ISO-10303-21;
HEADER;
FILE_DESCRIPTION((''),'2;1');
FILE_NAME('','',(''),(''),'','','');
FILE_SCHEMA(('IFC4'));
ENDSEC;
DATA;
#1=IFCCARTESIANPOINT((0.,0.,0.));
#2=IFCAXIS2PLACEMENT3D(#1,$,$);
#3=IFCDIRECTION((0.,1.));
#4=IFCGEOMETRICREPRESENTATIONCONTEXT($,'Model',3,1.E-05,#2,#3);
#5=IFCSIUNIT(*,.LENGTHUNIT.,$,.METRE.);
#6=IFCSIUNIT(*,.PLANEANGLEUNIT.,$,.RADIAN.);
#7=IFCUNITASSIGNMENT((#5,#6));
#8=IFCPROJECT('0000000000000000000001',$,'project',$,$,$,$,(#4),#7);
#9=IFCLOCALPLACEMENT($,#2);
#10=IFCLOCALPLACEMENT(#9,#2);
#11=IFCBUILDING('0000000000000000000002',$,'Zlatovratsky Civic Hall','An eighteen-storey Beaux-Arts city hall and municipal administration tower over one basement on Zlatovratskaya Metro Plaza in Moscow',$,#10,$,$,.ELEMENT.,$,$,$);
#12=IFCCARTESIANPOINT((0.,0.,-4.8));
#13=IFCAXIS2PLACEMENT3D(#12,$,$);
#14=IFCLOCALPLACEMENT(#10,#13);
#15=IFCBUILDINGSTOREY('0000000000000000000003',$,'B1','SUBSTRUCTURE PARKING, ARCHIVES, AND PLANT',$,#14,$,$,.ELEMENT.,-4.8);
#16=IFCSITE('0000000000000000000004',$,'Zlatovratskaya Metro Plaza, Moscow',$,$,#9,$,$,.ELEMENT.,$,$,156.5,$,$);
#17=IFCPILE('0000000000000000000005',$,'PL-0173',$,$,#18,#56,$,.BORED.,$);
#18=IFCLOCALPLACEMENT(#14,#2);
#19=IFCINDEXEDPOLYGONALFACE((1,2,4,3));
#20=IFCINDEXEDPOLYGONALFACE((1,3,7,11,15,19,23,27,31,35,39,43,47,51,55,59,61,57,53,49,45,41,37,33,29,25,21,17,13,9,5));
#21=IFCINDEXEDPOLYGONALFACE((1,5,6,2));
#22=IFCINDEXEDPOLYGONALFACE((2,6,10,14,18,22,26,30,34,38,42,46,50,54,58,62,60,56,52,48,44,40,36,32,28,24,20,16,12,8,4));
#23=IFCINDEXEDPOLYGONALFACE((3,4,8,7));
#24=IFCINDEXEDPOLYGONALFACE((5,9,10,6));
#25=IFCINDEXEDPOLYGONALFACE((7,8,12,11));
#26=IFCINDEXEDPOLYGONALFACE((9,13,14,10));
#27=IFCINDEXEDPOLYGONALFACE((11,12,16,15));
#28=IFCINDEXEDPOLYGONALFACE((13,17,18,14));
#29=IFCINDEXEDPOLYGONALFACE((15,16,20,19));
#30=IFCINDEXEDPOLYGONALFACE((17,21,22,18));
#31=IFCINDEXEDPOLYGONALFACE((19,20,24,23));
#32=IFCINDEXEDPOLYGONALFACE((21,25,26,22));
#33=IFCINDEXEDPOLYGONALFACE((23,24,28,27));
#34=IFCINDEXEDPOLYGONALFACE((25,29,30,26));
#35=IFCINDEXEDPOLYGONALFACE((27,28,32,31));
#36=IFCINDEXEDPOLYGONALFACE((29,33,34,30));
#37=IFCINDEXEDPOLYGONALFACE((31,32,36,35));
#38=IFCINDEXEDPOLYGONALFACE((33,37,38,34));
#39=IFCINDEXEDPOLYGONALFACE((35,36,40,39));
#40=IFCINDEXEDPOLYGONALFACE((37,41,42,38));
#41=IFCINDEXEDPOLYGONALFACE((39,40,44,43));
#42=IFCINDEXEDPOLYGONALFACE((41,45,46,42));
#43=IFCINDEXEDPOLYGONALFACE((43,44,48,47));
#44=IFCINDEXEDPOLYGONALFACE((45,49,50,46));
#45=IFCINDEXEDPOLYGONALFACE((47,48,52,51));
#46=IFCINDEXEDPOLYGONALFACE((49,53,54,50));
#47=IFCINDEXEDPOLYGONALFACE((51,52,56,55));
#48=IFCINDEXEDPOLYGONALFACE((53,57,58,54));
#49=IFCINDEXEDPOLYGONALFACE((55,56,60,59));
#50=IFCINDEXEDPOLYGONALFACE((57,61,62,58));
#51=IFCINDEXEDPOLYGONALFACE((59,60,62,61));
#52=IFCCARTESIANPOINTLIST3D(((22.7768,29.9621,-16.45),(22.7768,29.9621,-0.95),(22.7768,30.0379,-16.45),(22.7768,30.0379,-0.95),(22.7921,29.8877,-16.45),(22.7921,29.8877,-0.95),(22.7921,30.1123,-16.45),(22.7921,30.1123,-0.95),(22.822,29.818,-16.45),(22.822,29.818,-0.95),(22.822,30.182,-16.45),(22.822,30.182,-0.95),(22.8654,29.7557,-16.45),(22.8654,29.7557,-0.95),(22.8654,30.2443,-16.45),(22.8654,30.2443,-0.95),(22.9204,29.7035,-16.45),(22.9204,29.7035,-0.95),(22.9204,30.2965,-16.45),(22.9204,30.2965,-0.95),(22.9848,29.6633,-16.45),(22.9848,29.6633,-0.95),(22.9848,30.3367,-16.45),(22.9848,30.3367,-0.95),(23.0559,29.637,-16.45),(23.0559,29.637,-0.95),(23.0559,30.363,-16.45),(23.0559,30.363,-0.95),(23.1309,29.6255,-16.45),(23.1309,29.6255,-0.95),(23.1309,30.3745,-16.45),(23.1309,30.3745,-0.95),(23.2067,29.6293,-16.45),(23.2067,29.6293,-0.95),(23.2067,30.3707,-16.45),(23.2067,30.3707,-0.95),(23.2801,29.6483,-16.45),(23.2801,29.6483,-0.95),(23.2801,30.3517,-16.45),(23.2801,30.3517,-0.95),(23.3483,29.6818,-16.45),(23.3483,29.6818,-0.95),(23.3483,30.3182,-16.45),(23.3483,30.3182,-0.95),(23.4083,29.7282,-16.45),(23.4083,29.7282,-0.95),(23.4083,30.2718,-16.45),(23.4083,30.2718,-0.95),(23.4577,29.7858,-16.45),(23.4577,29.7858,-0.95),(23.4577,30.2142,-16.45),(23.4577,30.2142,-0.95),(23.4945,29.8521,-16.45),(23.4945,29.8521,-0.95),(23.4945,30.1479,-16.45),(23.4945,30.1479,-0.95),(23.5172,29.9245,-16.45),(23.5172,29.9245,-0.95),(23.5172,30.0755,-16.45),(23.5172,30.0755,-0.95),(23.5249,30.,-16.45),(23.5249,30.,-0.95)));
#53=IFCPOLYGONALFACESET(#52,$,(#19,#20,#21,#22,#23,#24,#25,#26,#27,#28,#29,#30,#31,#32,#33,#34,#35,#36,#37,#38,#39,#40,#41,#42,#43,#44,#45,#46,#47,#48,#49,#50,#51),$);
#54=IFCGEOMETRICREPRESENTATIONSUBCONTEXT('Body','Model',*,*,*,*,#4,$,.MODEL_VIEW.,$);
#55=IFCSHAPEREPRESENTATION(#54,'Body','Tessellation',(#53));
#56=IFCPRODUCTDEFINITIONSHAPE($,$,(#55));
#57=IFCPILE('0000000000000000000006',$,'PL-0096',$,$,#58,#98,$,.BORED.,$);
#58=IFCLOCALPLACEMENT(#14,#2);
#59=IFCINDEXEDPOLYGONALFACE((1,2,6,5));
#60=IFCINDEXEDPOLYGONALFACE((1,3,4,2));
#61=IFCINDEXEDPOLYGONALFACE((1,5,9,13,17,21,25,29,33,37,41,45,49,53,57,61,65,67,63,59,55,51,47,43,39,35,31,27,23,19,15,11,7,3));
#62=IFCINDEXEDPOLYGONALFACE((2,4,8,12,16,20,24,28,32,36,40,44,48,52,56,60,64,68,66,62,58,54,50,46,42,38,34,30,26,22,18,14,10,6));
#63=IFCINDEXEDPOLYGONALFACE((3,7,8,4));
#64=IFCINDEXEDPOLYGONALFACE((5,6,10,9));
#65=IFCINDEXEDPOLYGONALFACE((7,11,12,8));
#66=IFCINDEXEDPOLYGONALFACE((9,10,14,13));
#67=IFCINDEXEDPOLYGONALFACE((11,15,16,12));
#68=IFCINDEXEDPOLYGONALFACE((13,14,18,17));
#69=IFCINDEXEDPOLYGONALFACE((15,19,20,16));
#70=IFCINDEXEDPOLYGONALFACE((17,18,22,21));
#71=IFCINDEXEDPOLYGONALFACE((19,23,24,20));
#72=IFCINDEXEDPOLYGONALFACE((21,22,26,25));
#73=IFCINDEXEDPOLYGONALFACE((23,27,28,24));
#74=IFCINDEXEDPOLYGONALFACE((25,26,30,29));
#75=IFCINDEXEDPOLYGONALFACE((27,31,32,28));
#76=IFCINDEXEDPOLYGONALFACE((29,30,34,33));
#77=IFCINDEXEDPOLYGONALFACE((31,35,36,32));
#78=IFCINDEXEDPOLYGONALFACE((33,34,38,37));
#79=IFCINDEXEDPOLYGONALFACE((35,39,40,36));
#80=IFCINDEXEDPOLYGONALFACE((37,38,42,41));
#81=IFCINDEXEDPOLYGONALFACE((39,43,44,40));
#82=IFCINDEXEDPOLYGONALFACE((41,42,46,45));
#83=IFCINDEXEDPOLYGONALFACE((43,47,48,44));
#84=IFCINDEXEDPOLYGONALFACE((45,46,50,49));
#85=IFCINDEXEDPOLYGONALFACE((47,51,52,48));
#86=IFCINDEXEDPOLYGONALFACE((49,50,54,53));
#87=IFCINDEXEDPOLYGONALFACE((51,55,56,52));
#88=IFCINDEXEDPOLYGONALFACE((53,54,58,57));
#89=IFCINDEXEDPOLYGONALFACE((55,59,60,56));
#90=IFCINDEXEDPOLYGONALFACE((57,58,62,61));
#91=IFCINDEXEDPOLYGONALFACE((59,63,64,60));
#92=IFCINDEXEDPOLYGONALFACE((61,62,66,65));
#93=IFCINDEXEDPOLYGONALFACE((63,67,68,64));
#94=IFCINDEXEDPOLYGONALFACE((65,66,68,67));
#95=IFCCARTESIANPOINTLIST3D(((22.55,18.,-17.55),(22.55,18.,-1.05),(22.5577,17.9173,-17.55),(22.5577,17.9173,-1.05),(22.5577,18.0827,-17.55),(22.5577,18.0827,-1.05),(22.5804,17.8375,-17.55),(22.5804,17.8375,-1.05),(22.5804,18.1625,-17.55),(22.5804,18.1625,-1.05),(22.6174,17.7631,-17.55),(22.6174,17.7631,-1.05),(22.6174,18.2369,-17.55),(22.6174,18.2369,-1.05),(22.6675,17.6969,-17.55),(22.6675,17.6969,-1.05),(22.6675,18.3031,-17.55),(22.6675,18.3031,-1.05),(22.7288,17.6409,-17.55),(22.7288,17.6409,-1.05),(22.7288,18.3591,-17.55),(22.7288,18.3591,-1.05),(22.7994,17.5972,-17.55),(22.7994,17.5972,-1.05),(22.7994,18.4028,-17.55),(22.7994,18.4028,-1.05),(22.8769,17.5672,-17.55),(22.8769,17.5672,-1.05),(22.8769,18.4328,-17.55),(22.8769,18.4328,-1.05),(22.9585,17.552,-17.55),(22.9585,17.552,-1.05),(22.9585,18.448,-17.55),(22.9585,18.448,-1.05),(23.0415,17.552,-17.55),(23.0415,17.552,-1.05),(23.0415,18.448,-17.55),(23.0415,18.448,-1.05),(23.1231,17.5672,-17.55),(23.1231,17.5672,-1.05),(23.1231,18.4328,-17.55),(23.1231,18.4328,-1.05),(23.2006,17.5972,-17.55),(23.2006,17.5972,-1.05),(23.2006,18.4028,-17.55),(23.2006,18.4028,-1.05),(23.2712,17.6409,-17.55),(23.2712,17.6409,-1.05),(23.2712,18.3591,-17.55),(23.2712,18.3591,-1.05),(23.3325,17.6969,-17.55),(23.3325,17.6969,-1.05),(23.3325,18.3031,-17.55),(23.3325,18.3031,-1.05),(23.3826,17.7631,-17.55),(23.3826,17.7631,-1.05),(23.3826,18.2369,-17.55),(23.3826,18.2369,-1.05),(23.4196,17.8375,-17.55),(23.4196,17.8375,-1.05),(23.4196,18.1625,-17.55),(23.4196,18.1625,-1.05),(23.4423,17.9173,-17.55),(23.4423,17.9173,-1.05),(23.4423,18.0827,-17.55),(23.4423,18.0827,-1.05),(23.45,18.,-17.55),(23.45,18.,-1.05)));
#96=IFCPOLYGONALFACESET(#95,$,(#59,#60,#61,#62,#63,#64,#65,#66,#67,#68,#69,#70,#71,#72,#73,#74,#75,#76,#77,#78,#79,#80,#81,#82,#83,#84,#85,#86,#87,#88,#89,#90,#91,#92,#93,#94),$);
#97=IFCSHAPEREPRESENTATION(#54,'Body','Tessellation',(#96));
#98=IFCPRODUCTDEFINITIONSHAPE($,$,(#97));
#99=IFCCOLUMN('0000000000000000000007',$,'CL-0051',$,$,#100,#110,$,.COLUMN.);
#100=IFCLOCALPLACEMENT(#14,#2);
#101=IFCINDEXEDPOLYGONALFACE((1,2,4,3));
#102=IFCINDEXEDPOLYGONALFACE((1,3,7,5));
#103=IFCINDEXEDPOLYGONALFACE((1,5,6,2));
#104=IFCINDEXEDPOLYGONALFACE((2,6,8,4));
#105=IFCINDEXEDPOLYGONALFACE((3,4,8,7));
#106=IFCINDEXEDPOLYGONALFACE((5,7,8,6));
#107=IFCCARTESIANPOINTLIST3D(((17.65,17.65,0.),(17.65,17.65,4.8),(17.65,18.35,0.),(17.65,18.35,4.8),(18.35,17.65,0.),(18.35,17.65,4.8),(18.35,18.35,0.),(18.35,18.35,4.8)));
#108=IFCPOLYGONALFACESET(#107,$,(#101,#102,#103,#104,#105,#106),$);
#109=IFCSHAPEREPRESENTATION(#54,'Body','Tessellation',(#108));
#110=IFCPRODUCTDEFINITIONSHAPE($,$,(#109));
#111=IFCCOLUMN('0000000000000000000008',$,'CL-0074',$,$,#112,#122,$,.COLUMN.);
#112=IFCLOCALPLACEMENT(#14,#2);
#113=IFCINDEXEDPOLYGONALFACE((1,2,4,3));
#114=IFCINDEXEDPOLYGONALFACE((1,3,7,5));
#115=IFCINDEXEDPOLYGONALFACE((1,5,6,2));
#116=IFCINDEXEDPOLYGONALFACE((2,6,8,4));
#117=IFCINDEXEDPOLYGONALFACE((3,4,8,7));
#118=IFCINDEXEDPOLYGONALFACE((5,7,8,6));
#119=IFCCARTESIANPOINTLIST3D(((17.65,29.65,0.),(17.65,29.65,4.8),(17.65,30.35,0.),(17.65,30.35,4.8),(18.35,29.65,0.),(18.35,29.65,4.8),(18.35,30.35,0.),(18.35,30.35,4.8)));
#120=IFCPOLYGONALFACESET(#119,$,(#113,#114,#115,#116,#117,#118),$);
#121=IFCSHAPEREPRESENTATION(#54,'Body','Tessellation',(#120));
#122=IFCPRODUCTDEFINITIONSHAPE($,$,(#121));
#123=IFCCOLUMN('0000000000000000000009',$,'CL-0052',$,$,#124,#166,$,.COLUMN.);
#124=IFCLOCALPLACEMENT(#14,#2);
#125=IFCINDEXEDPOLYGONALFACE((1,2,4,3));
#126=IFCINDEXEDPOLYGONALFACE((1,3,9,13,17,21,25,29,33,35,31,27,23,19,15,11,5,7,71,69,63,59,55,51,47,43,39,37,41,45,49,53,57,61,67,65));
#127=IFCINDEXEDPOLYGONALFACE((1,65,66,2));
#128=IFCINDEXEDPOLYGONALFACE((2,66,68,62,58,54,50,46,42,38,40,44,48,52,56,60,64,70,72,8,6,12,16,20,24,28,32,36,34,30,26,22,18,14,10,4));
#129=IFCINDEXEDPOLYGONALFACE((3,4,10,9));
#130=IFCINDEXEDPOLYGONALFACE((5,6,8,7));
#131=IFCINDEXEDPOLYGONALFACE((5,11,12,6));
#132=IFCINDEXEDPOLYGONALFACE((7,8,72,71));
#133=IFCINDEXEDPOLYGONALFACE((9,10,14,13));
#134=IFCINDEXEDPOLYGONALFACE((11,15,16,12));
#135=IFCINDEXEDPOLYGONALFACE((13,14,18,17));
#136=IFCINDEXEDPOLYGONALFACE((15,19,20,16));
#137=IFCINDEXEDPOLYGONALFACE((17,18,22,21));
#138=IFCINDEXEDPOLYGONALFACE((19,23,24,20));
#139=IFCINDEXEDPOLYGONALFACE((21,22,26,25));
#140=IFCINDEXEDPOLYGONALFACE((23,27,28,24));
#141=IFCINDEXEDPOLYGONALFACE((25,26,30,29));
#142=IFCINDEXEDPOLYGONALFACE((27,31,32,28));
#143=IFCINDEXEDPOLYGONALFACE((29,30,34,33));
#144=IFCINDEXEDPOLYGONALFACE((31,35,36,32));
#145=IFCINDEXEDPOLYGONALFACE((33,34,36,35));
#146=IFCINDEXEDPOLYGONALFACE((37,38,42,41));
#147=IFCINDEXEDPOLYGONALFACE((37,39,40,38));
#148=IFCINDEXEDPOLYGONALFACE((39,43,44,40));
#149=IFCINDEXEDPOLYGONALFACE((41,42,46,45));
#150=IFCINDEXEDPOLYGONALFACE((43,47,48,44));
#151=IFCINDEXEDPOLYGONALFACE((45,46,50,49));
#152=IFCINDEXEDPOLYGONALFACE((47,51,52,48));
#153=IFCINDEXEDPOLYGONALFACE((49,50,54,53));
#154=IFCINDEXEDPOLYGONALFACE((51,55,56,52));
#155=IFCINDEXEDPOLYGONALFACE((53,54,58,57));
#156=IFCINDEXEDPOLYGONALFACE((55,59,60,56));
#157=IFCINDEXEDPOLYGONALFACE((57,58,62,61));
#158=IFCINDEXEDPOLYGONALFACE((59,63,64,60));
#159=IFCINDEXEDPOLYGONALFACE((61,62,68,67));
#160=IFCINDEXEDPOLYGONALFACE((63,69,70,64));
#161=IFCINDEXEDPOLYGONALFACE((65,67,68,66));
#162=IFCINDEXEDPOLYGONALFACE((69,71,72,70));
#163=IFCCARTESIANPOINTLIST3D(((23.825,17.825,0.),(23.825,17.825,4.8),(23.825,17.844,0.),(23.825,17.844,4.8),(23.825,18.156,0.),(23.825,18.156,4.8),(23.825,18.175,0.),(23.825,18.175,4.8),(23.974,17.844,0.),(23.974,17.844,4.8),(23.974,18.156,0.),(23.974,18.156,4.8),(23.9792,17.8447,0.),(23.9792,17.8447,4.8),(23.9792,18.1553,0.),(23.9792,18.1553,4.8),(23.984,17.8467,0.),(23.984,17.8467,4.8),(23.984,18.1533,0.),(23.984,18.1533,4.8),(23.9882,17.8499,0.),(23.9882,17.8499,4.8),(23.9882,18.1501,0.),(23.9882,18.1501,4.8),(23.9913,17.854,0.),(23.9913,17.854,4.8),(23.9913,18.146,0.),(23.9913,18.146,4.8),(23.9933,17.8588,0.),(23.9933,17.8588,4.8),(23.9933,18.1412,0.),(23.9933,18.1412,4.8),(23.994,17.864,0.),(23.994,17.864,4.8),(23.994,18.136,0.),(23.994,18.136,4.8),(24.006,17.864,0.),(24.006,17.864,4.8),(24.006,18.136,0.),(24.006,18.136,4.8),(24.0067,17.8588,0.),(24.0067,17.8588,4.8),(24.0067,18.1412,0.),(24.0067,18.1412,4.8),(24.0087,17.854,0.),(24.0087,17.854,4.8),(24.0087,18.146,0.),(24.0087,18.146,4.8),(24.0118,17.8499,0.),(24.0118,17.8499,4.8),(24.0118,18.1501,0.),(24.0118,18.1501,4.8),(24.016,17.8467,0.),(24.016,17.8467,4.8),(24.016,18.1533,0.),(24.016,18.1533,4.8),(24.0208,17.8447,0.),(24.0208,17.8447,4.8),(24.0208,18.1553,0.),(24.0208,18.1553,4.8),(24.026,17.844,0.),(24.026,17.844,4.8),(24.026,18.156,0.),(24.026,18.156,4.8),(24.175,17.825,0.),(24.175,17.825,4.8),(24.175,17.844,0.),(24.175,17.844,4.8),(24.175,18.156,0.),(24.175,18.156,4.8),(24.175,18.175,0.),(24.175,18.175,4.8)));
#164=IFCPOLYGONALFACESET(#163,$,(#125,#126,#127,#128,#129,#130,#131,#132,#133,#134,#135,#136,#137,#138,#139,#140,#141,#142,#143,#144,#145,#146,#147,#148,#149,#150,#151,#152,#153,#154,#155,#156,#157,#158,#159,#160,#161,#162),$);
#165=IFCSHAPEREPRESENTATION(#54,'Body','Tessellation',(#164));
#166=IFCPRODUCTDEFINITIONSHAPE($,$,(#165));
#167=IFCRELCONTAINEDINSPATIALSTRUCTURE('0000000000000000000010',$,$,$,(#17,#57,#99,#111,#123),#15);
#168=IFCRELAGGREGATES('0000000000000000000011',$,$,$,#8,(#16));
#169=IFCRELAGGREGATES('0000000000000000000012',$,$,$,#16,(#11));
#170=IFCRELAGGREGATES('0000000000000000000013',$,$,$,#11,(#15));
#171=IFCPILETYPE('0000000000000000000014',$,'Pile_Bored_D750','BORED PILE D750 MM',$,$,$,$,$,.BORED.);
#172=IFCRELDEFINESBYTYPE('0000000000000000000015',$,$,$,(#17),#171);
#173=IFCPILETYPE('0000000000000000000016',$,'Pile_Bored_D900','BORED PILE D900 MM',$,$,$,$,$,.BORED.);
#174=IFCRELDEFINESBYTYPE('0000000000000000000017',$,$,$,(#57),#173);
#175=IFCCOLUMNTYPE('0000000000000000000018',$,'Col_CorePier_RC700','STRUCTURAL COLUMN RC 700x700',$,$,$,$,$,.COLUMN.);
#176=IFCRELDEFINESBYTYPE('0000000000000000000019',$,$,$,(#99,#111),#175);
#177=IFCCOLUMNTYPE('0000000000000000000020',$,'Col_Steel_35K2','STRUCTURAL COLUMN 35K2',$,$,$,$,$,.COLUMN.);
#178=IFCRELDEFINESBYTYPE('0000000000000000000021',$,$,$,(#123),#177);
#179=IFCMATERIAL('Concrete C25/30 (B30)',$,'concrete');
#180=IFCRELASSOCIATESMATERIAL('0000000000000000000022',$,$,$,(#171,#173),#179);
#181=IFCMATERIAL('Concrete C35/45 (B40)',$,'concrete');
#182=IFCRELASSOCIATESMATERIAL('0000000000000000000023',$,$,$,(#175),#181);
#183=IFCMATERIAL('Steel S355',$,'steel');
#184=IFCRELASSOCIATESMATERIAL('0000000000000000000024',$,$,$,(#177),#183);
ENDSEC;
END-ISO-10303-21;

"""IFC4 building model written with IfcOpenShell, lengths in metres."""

from ifc_helpers import new_model, si_unit, direction, frame, origin, origin_2d, place, context, subcontext, project, spatial, rectangle, circle, i_section, extrude, material, material_profile, profile_set, type_object, element, save


model = new_model("IFC4")

# Units and contexts
model_context = context("Model", 3, precision=1e-05, world=origin(), true_north=direction((0.0, 1.0)))
body_context = subcontext(model_context, "Body", "Model", "MODEL_VIEW")
ifc_project = project(units=[si_unit("LENGTHUNIT", "METRE"), si_unit("PLANEANGLEUNIT", "RADIAN")], contexts=[model_context])

# Site, building, storey
site_placement = place(None, origin())
site = spatial("IfcSite", under=ifc_project, at=site_placement, Name="Zlatovratskaya Metro Plaza, Moscow", CompositionType="ELEMENT", RefElevation=156.5)
building_placement = place(site_placement, origin())
building = spatial("IfcBuilding", under=site, at=building_placement, Name="Zlatovratsky Civic Hall", Description="An eighteen-storey Beaux-Arts city hall and municipal administration tower over one basement on Zlatovratskaya Metro Plaza in Moscow", CompositionType="ELEMENT")
storey_placement = place(building_placement, frame((0.0, 0.0, -4.8)))
storey = spatial("IfcBuildingStorey", under=building, at=storey_placement, Name="B1", Description="SUBSTRUCTURE PARKING, ARCHIVES, AND PLANT", CompositionType="ELEMENT", Elevation=-4.8)

# Shared definitions
ifc_material_1 = material(Name="Concrete C25/30 (B30)", Category="concrete")

# Piles
ifc_material_profile_1 = material_profile(ifc_material_1, circle(Radius=0.375, at=origin_2d()), Name="PILE D750")
ifc_profile_set_1 = profile_set([ifc_material_profile_1], Name="Concrete C25/30 (B30)")
pile_type_1 = type_object("IfcPileType", Name="Pile_Bored_D750", Description="BORED PILE D750 MM", PredefinedType="BORED", material=ifc_profile_set_1)
pile_1_placement = place(storey_placement, frame((23.1499, 30.0, -0.95), z_axis=(0.0, 0.0, -1.0), x_axis=(1.0, 0.0, 0.0)))
element("IfcPile", 1, at=pile_1_placement, inside=storey, type_object=pile_type_1, Name="PL-0173", PredefinedType="BORED", context=body_context, shape_type="SweptSolid", body=[
    extrude(circle(Radius=0.375, at=origin_2d()), origin(), (0.0, 0.0, 1.0), 15.5),
])
ifc_material_profile_2 = material_profile(ifc_material_1, circle(Radius=0.45, at=origin_2d()), Name="PILE D900")
ifc_profile_set_2 = profile_set([ifc_material_profile_2], Name="Concrete C25/30 (B30)")
pile_type_2 = type_object("IfcPileType", Name="Pile_Bored_D900", Description="BORED PILE D900 MM", PredefinedType="BORED", material=ifc_profile_set_2)
pile_2_placement = place(storey_placement, frame((23.0, 18.0, -1.05), z_axis=(0.0, 0.0, -1.0), x_axis=(1.0, 0.0, 0.0)))
element("IfcPile", 2, at=pile_2_placement, inside=storey, type_object=pile_type_2, Name="PL-0096", PredefinedType="BORED", context=body_context, shape_type="SweptSolid", body=[
    extrude(circle(Radius=0.45, at=origin_2d()), origin(), (0.0, 0.0, 1.0), 16.5),
])

# Columns
ifc_material_2 = material(Name="Concrete C35/45 (B40)", Category="concrete")
ifc_material_profile_3 = material_profile(ifc_material_2, rectangle(XDim=0.7, YDim=0.7, at=origin_2d()), Name="RC 700x700")
ifc_profile_set_3 = profile_set([ifc_material_profile_3], Name="Concrete C35/45 (B40)")
column_type_1 = type_object("IfcColumnType", Name="Col_CorePier_RC700", Description="STRUCTURAL COLUMN RC 700x700", PredefinedType="COLUMN", material=ifc_profile_set_3)
for number, where, z_axis, x_axis, name in (
    (3, (18.0, 18.0, 0.0), (0.0, 0.0, 1.0), (1.0, 0.0, 0.0), "CL-0051"),
    (4, (18.0, 30.0, 0.0), (0.0, 0.0, 1.0), (1.0, 0.0, 0.0), "CL-0074"),
):
    element("IfcColumn", number, at=place(storey_placement, frame(where, z_axis=z_axis, x_axis=x_axis)), inside=storey, type_object=column_type_1, Name=name, PredefinedType="COLUMN", context=body_context, shape_type="SweptSolid", body=[
        extrude(rectangle(XDim=0.7, YDim=0.7, at=origin_2d()), origin(), (0.0, 0.0, 1.0), 4.8),
    ])
ifc_material_3 = material(Name="Steel S355", Category="steel")
ifc_material_profile_4 = material_profile(ifc_material_3, i_section(OverallWidth=0.3501, OverallDepth=0.3501, WebThickness=0.012, FlangeThickness=0.019, FilletRadius=0.02, at=origin_2d()), Name="35K2")
ifc_profile_set_4 = profile_set([ifc_material_profile_4], Name="Steel S355")
column_type_2 = type_object("IfcColumnType", Name="Col_Steel_35K2", Description="STRUCTURAL COLUMN 35K2", PredefinedType="COLUMN", material=ifc_profile_set_4)
column_placement = place(storey_placement, frame((24.0, 18.0, 0.0), z_axis=(0.0, 0.0, 1.0), x_axis=(1.0, 0.0, 0.0)))
element("IfcColumn", 5, at=column_placement, inside=storey, type_object=column_type_2, Name="CL-0052", PredefinedType="COLUMN", context=body_context, shape_type="SweptSolid", body=[
    extrude(i_section(OverallWidth=0.3501, OverallDepth=0.3501, WebThickness=0.012, FlangeThickness=0.019, FilletRadius=0.02, at=origin_2d()), origin(), (0.0, 0.0, 1.0), 4.8),
])

save(model, "model.ifc")
